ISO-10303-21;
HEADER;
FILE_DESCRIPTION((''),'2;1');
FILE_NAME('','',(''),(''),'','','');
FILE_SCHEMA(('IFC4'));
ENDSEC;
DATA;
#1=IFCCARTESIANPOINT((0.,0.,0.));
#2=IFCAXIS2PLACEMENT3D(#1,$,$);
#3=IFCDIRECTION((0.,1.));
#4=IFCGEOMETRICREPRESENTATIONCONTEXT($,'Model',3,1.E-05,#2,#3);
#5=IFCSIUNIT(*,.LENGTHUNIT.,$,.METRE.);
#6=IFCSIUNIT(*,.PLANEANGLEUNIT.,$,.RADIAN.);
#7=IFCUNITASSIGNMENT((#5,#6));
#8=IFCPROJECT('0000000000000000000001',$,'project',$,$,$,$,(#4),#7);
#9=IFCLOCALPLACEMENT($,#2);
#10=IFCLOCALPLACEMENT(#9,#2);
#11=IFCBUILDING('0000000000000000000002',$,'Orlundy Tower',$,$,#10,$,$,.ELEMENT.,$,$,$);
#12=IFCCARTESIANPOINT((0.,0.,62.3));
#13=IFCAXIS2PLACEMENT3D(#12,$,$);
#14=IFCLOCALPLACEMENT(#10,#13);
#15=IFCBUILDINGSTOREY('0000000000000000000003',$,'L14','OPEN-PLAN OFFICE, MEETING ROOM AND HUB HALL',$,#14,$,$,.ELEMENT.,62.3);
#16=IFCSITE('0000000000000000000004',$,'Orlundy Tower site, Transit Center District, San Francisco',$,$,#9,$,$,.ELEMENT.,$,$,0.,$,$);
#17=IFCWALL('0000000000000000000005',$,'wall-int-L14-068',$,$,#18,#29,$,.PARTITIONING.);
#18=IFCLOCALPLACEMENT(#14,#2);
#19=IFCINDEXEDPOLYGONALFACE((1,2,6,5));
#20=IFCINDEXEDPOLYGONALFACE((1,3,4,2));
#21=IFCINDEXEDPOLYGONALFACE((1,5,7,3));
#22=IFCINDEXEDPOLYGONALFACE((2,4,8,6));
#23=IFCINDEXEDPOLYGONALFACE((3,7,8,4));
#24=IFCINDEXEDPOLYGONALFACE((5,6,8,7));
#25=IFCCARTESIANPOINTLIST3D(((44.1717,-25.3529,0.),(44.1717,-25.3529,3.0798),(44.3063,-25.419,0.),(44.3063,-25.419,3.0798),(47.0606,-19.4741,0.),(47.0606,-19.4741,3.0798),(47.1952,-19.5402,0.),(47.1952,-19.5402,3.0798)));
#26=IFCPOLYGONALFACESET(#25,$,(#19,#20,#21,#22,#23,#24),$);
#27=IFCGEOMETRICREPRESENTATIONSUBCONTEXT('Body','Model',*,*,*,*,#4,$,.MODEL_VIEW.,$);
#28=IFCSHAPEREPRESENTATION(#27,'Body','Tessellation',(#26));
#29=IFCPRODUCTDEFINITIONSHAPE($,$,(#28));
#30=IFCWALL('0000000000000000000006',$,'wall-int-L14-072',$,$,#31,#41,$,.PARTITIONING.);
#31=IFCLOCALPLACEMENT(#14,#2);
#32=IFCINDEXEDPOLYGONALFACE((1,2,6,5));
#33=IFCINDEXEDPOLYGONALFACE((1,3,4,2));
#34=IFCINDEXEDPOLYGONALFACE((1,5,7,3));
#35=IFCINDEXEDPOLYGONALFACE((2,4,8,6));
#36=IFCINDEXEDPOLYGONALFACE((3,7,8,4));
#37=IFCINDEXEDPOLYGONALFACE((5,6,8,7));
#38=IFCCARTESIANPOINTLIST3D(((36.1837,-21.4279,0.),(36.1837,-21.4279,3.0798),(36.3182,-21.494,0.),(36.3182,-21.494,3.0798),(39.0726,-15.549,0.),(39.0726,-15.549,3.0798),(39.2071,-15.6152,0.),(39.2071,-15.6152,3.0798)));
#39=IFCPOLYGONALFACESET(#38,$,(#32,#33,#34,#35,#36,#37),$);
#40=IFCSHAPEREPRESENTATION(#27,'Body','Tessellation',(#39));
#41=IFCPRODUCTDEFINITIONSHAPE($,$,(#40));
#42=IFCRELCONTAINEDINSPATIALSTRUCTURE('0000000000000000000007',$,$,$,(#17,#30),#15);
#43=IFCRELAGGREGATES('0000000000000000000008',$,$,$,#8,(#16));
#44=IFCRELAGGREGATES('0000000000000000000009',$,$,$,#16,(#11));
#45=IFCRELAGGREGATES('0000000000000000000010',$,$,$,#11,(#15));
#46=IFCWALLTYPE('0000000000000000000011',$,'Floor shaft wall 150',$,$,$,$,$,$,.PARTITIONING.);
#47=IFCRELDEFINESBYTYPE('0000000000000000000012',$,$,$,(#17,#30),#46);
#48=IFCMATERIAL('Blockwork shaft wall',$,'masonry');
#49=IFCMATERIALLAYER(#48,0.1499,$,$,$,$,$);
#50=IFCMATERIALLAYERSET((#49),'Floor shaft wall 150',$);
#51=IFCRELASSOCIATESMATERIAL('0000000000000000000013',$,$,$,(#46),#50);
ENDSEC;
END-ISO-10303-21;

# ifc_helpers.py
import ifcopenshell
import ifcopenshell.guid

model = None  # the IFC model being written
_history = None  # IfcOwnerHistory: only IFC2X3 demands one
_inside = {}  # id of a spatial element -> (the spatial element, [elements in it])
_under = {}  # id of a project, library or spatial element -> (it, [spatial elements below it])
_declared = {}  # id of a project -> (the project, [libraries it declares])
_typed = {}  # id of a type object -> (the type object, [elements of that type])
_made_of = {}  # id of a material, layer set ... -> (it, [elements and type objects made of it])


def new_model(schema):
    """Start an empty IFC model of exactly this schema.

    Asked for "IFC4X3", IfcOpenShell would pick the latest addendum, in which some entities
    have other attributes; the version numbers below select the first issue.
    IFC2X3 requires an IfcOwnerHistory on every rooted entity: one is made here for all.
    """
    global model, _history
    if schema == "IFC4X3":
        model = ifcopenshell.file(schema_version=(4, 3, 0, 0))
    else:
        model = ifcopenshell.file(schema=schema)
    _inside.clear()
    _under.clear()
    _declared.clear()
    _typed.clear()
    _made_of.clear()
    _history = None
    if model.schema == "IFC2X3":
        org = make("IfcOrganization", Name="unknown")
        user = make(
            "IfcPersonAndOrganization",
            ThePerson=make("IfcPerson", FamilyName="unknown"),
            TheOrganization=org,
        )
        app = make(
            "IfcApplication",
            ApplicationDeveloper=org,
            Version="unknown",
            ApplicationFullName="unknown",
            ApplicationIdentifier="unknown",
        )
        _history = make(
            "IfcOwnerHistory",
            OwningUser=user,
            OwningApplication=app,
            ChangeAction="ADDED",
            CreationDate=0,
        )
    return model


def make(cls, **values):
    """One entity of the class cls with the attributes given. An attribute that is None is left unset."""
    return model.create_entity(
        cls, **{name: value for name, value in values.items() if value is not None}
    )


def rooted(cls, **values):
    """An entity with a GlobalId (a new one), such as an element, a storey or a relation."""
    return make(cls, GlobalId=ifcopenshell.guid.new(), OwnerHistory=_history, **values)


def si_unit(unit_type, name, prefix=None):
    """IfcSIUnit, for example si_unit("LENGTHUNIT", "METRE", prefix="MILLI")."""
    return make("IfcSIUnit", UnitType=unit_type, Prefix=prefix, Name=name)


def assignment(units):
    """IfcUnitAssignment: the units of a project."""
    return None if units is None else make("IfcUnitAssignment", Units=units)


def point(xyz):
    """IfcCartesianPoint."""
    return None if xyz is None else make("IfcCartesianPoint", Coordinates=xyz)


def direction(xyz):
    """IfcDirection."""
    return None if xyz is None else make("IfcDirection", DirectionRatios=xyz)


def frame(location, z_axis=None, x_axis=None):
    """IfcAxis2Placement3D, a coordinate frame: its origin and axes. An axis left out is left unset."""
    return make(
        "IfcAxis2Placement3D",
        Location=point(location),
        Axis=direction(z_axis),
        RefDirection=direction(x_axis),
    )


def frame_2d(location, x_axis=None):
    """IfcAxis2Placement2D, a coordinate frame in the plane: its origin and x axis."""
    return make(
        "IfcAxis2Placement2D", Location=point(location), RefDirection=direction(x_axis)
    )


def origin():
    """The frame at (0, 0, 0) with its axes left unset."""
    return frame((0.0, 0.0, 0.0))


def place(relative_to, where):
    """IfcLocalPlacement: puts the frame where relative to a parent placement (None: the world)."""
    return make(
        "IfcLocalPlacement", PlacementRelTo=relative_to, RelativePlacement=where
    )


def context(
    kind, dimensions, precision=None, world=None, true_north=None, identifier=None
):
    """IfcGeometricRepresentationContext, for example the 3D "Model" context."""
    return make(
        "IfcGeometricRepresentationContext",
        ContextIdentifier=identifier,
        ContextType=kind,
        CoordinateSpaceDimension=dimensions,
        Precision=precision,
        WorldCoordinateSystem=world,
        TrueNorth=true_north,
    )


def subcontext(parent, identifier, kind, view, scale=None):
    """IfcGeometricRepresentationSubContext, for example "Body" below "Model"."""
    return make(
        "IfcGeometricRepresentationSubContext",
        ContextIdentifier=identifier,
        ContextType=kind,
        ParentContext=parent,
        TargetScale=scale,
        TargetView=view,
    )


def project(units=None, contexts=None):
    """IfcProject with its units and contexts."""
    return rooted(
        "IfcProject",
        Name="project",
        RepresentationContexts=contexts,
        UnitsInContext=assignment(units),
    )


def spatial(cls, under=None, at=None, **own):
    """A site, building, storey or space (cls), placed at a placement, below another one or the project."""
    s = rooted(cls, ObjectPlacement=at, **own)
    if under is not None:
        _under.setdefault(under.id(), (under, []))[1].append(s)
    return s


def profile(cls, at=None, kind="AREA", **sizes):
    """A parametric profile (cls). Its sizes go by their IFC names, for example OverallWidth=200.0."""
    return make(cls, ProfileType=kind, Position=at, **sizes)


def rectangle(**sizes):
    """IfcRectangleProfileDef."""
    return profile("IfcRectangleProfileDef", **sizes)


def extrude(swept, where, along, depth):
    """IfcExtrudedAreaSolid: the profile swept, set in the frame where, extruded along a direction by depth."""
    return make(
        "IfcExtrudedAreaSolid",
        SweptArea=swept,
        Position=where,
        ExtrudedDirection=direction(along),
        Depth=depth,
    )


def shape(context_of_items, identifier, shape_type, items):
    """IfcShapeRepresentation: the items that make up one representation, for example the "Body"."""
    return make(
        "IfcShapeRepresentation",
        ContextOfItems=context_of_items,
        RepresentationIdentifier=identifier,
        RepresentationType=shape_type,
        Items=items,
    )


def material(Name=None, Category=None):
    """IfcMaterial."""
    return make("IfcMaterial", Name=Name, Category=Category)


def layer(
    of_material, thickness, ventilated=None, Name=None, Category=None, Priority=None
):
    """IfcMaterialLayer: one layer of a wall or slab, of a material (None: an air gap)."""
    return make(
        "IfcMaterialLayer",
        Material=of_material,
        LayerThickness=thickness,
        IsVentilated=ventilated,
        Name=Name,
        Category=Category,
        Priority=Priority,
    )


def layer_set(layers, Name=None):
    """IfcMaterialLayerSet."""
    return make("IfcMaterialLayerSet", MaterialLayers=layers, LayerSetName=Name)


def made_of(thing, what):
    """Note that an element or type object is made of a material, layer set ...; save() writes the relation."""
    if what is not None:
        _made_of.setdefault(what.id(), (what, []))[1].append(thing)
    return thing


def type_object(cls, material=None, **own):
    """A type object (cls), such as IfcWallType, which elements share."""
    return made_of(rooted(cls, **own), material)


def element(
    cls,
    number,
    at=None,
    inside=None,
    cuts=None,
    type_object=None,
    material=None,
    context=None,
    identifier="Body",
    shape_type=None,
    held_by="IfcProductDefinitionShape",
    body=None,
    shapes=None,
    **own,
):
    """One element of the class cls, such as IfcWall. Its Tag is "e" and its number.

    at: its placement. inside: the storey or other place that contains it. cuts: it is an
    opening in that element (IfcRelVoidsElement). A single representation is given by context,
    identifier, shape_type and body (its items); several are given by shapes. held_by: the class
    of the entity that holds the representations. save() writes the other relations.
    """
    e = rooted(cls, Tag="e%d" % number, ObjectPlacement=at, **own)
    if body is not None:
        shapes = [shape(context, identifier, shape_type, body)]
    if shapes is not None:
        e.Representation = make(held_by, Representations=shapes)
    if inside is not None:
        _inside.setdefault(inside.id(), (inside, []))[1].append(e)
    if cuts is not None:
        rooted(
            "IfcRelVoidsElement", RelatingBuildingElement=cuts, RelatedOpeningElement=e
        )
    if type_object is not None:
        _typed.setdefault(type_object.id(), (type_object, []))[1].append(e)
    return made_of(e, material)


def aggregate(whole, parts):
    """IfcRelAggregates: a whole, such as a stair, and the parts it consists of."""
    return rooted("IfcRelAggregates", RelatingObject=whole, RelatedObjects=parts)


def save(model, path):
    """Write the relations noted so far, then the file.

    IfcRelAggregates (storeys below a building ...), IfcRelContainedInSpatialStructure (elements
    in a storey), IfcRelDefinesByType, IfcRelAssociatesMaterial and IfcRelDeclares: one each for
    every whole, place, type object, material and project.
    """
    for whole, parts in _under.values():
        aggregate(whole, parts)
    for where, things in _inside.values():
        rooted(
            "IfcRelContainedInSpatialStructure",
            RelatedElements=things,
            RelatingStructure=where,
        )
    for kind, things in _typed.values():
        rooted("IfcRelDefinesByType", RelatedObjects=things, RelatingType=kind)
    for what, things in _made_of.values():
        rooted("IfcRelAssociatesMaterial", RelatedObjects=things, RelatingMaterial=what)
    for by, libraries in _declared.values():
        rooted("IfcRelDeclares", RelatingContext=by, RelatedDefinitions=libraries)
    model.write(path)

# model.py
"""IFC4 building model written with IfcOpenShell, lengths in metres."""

from ifc_helpers import new_model, si_unit, direction, frame, frame_2d, origin, place, context, subcontext, project, spatial, rectangle, extrude, material, layer, layer_set, type_object, element, save


model = new_model("IFC4")

# Units and contexts
model_context = context("Model", 3, precision=1e-05, world=origin(), true_north=direction((0.0, 1.0)))
body_context = subcontext(model_context, "Body", "Model", "MODEL_VIEW")
ifc_project = project(units=[si_unit("LENGTHUNIT", "METRE"), si_unit("PLANEANGLEUNIT", "RADIAN")], contexts=[model_context])

# Site, building, storey
site_placement = place(None, origin())
site = spatial("IfcSite", under=ifc_project, at=site_placement, Name="Orlundy Tower site, Transit Center District, San Francisco", CompositionType="ELEMENT", RefElevation=0.0)
building_placement = place(site_placement, origin())
building = spatial("IfcBuilding", under=site, at=building_placement, Name="Orlundy Tower", CompositionType="ELEMENT")
storey_placement = place(building_placement, frame((0.0, 0.0, 62.3)))
storey = spatial("IfcBuildingStorey", under=building, at=storey_placement, Name="L14", Description="OPEN-PLAN OFFICE, MEETING ROOM AND HUB HALL", CompositionType="ELEMENT", Elevation=62.3)

# Shared definitions
ifc_material_1 = material(Name="Blockwork shaft wall", Category="masonry")
ifc_layer_1 = layer(ifc_material_1, 0.1499)
ifc_layer_set_1 = layer_set([ifc_layer_1], Name="Floor shaft wall 150")
wall_type_1 = type_object("IfcWallType", Name="Floor shaft wall 150", PredefinedType="PARTITIONING", material=ifc_layer_set_1)

# Walls
for number, where, z_axis, x_axis, name in (
    (1, (44.239, -25.386, 0.0), (0.0, 0.0, 1.0), (0.441031, 0.897492, 0.0), "wall-int-L14-068"),
    (2, (36.251, -21.4609, 0.0), (0.0, 0.0, 1.0), (0.441031, 0.897492, 0.0), "wall-int-L14-072"),
):
    element("IfcWall", number, at=place(storey_placement, frame(where, z_axis=z_axis, x_axis=x_axis)), inside=storey, type_object=wall_type_1, Name=name, PredefinedType="PARTITIONING", context=body_context, shape_type="SweptSolid", body=[
        extrude(rectangle(XDim=6.5503, YDim=0.1499, at=frame_2d((3.2751, 0.0))), origin(), (0.0, 0.0, 1.0), 3.0798),
    ])

save(model, "model.ifc")
